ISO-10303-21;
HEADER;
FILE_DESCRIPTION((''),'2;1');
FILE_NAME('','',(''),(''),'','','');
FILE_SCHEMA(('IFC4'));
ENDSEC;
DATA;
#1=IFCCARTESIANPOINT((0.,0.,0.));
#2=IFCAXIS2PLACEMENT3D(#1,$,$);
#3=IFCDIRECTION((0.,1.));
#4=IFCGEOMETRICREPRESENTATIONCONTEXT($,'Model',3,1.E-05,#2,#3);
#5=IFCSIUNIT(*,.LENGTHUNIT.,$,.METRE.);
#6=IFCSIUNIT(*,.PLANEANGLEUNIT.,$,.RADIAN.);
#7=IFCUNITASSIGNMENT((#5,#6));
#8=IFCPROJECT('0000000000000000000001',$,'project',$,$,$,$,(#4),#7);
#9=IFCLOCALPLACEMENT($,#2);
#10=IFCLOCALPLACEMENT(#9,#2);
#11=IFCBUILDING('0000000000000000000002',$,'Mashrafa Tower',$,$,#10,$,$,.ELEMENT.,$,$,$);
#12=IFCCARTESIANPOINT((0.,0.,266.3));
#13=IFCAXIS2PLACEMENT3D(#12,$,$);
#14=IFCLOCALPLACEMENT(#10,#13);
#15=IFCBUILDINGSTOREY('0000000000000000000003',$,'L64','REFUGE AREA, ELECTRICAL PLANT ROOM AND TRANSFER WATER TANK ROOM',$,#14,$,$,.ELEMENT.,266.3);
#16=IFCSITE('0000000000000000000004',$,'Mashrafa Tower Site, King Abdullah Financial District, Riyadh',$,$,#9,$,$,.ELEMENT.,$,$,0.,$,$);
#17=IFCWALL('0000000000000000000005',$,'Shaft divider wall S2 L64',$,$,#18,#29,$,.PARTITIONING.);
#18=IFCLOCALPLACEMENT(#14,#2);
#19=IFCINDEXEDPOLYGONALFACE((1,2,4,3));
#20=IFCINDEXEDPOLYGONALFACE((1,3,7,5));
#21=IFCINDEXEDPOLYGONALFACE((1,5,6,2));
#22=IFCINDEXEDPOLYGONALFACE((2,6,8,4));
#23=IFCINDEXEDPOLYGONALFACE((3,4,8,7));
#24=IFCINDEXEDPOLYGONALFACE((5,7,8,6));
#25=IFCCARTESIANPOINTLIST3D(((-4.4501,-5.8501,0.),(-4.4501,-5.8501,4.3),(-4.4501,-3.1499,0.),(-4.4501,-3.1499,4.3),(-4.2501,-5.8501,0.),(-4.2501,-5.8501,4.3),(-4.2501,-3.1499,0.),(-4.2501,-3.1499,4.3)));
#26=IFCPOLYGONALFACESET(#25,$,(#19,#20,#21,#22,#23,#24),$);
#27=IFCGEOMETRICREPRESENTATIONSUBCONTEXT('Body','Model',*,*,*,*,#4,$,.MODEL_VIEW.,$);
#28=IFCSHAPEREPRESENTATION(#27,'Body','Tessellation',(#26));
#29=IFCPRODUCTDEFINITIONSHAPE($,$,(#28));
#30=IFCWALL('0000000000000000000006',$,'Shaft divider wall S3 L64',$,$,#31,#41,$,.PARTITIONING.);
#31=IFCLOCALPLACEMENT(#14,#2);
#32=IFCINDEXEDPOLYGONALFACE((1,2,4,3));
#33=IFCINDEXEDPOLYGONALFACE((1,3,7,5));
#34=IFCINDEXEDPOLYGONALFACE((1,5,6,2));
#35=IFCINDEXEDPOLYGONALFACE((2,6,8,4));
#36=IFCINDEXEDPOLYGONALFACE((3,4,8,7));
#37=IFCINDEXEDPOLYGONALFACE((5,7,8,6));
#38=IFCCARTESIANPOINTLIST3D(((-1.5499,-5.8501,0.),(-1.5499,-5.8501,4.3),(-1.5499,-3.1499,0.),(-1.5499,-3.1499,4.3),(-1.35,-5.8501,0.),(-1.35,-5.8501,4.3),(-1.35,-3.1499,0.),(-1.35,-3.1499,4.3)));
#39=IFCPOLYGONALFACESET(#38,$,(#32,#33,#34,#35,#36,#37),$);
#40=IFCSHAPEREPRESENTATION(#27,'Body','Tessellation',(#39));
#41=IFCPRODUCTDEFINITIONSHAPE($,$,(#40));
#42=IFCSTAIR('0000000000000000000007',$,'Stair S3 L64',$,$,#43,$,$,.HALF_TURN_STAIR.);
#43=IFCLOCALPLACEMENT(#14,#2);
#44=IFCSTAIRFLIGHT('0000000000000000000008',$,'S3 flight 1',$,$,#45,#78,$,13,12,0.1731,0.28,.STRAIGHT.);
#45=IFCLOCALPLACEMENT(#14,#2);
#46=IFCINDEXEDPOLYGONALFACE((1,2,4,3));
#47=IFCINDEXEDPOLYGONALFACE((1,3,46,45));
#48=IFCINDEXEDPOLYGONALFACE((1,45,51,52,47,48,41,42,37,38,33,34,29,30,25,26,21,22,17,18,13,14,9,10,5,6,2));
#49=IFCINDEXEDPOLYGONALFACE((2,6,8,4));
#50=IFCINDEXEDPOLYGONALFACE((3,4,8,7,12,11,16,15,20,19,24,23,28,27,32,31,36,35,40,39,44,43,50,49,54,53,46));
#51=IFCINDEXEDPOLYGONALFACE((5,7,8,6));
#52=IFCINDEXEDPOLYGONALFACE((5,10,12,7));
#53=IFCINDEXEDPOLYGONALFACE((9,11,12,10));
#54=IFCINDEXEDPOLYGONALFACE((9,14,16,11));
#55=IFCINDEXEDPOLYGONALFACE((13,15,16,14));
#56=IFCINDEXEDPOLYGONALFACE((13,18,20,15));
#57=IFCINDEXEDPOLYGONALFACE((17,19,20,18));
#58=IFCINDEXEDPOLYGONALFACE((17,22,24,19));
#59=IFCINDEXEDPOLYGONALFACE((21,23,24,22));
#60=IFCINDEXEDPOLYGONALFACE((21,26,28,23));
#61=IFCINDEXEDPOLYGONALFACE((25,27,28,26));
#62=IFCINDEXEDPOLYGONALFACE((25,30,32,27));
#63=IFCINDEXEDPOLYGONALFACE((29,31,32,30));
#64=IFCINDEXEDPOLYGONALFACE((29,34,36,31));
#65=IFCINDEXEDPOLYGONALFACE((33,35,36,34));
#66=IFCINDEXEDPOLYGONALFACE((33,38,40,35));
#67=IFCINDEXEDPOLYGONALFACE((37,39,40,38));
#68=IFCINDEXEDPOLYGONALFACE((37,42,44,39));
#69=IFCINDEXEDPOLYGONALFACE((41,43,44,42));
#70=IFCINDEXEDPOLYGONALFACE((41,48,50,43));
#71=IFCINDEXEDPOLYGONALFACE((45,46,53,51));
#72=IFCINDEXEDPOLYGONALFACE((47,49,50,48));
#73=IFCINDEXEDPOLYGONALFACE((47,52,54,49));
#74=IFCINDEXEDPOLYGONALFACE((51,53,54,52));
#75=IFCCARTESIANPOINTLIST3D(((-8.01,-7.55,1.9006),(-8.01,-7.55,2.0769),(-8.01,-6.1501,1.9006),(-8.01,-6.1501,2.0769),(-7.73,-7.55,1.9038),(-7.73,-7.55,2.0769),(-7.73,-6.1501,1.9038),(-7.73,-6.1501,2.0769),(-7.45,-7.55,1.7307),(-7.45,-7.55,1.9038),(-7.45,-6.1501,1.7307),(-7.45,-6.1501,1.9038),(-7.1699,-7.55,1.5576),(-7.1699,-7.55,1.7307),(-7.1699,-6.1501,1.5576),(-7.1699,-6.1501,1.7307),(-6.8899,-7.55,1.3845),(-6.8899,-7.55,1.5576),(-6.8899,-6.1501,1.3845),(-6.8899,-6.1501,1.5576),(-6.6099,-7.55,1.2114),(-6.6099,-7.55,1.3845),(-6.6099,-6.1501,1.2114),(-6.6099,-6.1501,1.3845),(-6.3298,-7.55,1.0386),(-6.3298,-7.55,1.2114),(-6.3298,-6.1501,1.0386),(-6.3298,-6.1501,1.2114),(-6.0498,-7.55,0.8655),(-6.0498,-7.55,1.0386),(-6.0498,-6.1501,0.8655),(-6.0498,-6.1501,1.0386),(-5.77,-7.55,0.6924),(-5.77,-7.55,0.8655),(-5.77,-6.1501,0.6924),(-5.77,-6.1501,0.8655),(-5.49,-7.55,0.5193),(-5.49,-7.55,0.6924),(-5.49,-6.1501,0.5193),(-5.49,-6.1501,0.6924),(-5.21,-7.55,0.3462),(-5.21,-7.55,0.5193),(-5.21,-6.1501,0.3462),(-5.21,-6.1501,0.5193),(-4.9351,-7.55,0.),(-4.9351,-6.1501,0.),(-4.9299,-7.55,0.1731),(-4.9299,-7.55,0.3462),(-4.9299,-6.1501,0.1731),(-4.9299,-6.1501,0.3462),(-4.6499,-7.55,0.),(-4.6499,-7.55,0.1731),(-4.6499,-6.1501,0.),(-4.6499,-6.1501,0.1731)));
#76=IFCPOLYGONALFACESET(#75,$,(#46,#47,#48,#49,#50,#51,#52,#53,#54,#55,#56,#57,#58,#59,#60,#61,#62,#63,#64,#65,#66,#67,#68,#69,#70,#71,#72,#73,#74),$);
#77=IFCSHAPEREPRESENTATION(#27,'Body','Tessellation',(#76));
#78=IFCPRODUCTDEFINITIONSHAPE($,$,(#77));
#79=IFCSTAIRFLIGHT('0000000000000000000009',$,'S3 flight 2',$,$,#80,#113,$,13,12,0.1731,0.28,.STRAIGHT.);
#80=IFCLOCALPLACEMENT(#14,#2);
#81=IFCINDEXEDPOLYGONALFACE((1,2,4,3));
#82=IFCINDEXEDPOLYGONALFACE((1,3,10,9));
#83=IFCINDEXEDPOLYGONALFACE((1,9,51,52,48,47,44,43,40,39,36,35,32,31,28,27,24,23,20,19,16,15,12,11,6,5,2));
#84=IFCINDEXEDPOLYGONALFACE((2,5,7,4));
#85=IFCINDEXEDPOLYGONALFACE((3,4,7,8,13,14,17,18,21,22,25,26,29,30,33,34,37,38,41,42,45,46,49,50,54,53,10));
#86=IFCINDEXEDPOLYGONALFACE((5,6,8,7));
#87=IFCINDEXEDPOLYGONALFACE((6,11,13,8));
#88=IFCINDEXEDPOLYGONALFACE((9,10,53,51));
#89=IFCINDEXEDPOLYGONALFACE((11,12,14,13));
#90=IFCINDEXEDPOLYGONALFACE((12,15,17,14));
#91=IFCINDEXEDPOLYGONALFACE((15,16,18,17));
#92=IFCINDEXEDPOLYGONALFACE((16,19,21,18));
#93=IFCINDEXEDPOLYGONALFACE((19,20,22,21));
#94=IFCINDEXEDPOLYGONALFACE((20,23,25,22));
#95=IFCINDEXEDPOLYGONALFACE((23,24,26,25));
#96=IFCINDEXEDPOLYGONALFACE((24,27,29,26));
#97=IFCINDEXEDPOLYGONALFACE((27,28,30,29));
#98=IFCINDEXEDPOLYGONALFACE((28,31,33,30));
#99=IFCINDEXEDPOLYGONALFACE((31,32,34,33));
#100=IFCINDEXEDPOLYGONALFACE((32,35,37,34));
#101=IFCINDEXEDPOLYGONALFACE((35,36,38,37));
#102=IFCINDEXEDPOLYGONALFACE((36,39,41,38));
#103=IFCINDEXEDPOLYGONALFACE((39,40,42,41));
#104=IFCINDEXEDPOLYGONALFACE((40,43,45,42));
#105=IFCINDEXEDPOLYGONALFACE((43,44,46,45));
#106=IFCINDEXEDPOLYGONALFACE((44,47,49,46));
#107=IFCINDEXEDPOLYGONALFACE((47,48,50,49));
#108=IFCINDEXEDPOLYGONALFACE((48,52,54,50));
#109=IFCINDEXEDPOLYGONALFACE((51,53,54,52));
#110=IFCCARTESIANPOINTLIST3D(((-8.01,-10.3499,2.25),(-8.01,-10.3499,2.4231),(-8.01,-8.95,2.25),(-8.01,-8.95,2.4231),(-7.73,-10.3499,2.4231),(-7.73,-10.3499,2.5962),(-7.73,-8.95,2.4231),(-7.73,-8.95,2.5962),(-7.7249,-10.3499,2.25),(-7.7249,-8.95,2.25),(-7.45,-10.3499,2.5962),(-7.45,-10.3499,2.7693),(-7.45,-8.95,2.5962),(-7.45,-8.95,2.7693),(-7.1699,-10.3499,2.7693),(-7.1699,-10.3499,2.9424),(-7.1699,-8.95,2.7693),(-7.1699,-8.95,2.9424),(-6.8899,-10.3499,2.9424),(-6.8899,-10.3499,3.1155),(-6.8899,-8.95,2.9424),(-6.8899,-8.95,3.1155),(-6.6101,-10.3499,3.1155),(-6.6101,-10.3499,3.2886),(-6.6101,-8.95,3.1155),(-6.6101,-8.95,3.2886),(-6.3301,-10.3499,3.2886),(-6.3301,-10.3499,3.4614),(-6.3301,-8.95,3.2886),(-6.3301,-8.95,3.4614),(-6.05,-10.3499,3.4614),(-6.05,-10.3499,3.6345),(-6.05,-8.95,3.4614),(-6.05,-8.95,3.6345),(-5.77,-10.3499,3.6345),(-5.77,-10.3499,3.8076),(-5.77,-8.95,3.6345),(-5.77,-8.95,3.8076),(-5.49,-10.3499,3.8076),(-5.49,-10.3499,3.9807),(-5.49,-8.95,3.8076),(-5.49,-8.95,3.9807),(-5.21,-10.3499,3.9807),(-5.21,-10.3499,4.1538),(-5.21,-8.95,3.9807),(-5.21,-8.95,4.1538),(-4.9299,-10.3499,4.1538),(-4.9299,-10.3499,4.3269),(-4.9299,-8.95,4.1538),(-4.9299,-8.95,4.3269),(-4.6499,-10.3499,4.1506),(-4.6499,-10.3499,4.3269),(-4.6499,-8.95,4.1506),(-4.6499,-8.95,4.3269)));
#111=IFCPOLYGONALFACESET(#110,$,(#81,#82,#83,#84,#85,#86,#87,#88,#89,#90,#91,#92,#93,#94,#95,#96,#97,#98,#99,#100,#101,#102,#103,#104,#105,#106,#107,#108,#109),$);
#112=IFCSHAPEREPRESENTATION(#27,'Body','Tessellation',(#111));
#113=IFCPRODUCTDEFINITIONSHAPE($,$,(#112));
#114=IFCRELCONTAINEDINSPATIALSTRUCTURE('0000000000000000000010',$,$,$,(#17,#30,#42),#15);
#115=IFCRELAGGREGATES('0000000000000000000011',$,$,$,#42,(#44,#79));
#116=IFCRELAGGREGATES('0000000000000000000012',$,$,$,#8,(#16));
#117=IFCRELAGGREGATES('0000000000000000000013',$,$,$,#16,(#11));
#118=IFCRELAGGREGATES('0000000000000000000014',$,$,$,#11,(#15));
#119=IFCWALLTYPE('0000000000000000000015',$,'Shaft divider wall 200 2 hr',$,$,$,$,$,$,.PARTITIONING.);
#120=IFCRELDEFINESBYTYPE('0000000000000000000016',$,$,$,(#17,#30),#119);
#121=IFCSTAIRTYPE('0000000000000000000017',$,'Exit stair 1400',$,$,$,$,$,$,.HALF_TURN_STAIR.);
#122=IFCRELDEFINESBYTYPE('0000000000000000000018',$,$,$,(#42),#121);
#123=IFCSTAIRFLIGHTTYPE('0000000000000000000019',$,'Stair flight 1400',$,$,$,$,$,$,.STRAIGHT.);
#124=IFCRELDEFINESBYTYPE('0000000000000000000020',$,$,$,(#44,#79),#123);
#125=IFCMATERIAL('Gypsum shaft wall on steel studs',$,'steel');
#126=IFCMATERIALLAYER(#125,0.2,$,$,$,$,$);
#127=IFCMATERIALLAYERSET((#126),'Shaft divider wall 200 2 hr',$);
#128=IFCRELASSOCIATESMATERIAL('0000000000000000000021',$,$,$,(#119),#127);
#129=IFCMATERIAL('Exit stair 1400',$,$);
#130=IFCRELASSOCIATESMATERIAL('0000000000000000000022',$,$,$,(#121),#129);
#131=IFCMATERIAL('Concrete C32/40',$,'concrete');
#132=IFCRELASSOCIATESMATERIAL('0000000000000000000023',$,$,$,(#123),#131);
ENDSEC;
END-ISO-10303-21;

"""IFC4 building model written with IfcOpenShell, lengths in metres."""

from ifc_helpers import new_model, si_unit, direction, frame, frame_2d, origin, place, context, subcontext, project, spatial, polyline, rectangle, outline, extrude, material, layer, layer_set, type_object, element, aggregate, save


model = new_model("IFC4")

# Units and contexts
model_context = context("Model", 3, precision=1e-05, world=origin(), true_north=direction((0.0, 1.0)))
body_context = subcontext(model_context, "Body", "Model", "MODEL_VIEW")
ifc_project = project(units=[si_unit("LENGTHUNIT", "METRE"), si_unit("PLANEANGLEUNIT", "RADIAN")], contexts=[model_context])

# Site, building, storey
site_placement = place(None, origin())
site = spatial("IfcSite", under=ifc_project, at=site_placement, Name="Mashrafa Tower Site, King Abdullah Financial District, Riyadh", CompositionType="ELEMENT", RefElevation=0.0)
building_placement = place(site_placement, origin())
building = spatial("IfcBuilding", under=site, at=building_placement, Name="Mashrafa Tower", CompositionType="ELEMENT")
storey_placement = place(building_placement, frame((0.0, 0.0, 266.3)))
storey = spatial("IfcBuildingStorey", under=building, at=storey_placement, Name="L64", Description="REFUGE AREA, ELECTRICAL PLANT ROOM AND TRANSFER WATER TANK ROOM", CompositionType="ELEMENT", Elevation=266.3)

# Walls
ifc_material_1 = material(Name="Gypsum shaft wall on steel studs", Category="steel")
ifc_layer_1 = layer(ifc_material_1, 0.2)
ifc_layer_set_1 = layer_set([ifc_layer_1], Name="Shaft divider wall 200 2 hr")
wall_type_1 = type_object("IfcWallType", Name="Shaft divider wall 200 2 hr", PredefinedType="PARTITIONING", material=ifc_layer_set_1)
for number, where, z_axis, x_axis, name in (
    (1, (-4.3501, -5.8501, 0.0), (0.0, 0.0, 1.0), (0.0, 1.0, 0.0), "Shaft divider wall S2 L64"),
    (2, (-1.45, -5.8501, 0.0), (0.0, 0.0, 1.0), (0.0, 1.0, 0.0), "Shaft divider wall S3 L64"),
):
    element("IfcWall", number, at=place(storey_placement, frame(where, z_axis=z_axis, x_axis=x_axis)), inside=storey, type_object=wall_type_1, Name=name, PredefinedType="PARTITIONING", context=body_context, shape_type="SweptSolid", body=[
        extrude(rectangle(XDim=2.7002, YDim=0.2, at=frame_2d((1.3501, 0.0))), origin(), (0.0, 0.0, 1.0), 4.3),
    ])

# Stair, stair flights
ifc_material_2 = material(Name="Exit stair 1400")
stair_type = type_object("IfcStairType", Name="Exit stair 1400", PredefinedType="HALF_TURN_STAIR", material=ifc_material_2)
stair_placement = place(storey_placement, origin())
stair = element("IfcStair", 3, at=stair_placement, inside=storey, type_object=stair_type, Name="Stair S3 L64", PredefinedType="HALF_TURN_STAIR")
ifc_material_3 = material(Name="Concrete C32/40", Category="concrete")
stair_flight_type = type_object("IfcStairFlightType", Name="Stair flight 1400", PredefinedType="STRAIGHT", material=ifc_material_3)
stair_flight_1_placement = place(storey_placement, frame((-4.6499, -6.8501, 0.0), z_axis=(0.0, 0.0, 1.0), x_axis=(-1.0, 0.0, 0.0)))
stair_flight_1 = element("IfcStairFlight", 4, at=stair_flight_1_placement, type_object=stair_flight_type, Name="S3 flight 1", NumberOfRisers=13, NumberOfTreads=12, PredefinedType="STRAIGHT", RiserHeight=0.1731, TreadLength=0.28, context=body_context, shape_type="SweptSolid", body=[
    extrude(outline(polyline([(0.0, 0.0), (0.0, 0.1731), (0.28, 0.1731), (0.28, 0.3462), (0.5601, 0.3462), (0.5601, 0.5193), (0.8401, 0.5193), (0.8401, 0.6924), (1.1201, 0.6924), (1.1201, 0.8655), (1.3999, 0.8655), (1.3999, 1.0386), (1.6799, 1.0386), (1.6799, 1.2114), (1.96, 1.2114), (1.96, 1.3845), (2.24, 1.3845), (2.24, 1.5576), (2.52, 1.5576), (2.52, 1.7307), (2.8, 1.7307), (2.8, 1.9038), (3.0801, 1.9038), (3.0801, 2.0769), (3.3601, 2.0769), (3.3601, 2.25), (3.3601, 1.9006), (0.2852, 0.0), (0.0, 0.0)])), frame((0.0, 0.7, 0.0), z_axis=(0.0, -1.0, 0.0), x_axis=(1.0, 0.0, 0.0)), (0.0, 0.0, 1.0), 1.3999),
])
stair_flight_2_placement = place(storey_placement, frame((-8.01, -9.6499, 2.25), z_axis=(0.0, 0.0, 1.0), x_axis=(1.0, 0.0, 0.0)))
stair_flight_2 = element("IfcStairFlight", 5, at=stair_flight_2_placement, type_object=stair_flight_type, Name="S3 flight 2", NumberOfRisers=13, NumberOfTreads=12, PredefinedType="STRAIGHT", RiserHeight=0.1731, TreadLength=0.28, context=body_context, shape_type="SweptSolid", body=[
    extrude(outline(polyline([(0.0, 0.0), (0.0, 0.1731), (0.28, 0.1731), (0.28, 0.3462), (0.5601, 0.3462), (0.5601, 0.5193), (0.8401, 0.5193), (0.8401, 0.6924), (1.1201, 0.6924), (1.1201, 0.8655), (1.3999, 0.8655), (1.3999, 1.0386), (1.6799, 1.0386), (1.6799, 1.2114), (1.96, 1.2114), (1.96, 1.3845), (2.24, 1.3845), (2.24, 1.5576), (2.52, 1.5576), (2.52, 1.7307), (2.8, 1.7307), (2.8, 1.9038), (3.0801, 1.9038), (3.0801, 2.0769), (3.3601, 2.0769), (3.3601, 2.25), (3.3601, 1.9006), (0.2852, 0.0), (0.0, 0.0)])), frame((0.0, 0.7, 0.0), z_axis=(0.0, -1.0, 0.0), x_axis=(1.0, 0.0, 0.0)), (0.0, 0.0, 1.0), 1.3999),
])
aggregate(stair, [stair_flight_1, stair_flight_2])

save(model, "model.ifc")
